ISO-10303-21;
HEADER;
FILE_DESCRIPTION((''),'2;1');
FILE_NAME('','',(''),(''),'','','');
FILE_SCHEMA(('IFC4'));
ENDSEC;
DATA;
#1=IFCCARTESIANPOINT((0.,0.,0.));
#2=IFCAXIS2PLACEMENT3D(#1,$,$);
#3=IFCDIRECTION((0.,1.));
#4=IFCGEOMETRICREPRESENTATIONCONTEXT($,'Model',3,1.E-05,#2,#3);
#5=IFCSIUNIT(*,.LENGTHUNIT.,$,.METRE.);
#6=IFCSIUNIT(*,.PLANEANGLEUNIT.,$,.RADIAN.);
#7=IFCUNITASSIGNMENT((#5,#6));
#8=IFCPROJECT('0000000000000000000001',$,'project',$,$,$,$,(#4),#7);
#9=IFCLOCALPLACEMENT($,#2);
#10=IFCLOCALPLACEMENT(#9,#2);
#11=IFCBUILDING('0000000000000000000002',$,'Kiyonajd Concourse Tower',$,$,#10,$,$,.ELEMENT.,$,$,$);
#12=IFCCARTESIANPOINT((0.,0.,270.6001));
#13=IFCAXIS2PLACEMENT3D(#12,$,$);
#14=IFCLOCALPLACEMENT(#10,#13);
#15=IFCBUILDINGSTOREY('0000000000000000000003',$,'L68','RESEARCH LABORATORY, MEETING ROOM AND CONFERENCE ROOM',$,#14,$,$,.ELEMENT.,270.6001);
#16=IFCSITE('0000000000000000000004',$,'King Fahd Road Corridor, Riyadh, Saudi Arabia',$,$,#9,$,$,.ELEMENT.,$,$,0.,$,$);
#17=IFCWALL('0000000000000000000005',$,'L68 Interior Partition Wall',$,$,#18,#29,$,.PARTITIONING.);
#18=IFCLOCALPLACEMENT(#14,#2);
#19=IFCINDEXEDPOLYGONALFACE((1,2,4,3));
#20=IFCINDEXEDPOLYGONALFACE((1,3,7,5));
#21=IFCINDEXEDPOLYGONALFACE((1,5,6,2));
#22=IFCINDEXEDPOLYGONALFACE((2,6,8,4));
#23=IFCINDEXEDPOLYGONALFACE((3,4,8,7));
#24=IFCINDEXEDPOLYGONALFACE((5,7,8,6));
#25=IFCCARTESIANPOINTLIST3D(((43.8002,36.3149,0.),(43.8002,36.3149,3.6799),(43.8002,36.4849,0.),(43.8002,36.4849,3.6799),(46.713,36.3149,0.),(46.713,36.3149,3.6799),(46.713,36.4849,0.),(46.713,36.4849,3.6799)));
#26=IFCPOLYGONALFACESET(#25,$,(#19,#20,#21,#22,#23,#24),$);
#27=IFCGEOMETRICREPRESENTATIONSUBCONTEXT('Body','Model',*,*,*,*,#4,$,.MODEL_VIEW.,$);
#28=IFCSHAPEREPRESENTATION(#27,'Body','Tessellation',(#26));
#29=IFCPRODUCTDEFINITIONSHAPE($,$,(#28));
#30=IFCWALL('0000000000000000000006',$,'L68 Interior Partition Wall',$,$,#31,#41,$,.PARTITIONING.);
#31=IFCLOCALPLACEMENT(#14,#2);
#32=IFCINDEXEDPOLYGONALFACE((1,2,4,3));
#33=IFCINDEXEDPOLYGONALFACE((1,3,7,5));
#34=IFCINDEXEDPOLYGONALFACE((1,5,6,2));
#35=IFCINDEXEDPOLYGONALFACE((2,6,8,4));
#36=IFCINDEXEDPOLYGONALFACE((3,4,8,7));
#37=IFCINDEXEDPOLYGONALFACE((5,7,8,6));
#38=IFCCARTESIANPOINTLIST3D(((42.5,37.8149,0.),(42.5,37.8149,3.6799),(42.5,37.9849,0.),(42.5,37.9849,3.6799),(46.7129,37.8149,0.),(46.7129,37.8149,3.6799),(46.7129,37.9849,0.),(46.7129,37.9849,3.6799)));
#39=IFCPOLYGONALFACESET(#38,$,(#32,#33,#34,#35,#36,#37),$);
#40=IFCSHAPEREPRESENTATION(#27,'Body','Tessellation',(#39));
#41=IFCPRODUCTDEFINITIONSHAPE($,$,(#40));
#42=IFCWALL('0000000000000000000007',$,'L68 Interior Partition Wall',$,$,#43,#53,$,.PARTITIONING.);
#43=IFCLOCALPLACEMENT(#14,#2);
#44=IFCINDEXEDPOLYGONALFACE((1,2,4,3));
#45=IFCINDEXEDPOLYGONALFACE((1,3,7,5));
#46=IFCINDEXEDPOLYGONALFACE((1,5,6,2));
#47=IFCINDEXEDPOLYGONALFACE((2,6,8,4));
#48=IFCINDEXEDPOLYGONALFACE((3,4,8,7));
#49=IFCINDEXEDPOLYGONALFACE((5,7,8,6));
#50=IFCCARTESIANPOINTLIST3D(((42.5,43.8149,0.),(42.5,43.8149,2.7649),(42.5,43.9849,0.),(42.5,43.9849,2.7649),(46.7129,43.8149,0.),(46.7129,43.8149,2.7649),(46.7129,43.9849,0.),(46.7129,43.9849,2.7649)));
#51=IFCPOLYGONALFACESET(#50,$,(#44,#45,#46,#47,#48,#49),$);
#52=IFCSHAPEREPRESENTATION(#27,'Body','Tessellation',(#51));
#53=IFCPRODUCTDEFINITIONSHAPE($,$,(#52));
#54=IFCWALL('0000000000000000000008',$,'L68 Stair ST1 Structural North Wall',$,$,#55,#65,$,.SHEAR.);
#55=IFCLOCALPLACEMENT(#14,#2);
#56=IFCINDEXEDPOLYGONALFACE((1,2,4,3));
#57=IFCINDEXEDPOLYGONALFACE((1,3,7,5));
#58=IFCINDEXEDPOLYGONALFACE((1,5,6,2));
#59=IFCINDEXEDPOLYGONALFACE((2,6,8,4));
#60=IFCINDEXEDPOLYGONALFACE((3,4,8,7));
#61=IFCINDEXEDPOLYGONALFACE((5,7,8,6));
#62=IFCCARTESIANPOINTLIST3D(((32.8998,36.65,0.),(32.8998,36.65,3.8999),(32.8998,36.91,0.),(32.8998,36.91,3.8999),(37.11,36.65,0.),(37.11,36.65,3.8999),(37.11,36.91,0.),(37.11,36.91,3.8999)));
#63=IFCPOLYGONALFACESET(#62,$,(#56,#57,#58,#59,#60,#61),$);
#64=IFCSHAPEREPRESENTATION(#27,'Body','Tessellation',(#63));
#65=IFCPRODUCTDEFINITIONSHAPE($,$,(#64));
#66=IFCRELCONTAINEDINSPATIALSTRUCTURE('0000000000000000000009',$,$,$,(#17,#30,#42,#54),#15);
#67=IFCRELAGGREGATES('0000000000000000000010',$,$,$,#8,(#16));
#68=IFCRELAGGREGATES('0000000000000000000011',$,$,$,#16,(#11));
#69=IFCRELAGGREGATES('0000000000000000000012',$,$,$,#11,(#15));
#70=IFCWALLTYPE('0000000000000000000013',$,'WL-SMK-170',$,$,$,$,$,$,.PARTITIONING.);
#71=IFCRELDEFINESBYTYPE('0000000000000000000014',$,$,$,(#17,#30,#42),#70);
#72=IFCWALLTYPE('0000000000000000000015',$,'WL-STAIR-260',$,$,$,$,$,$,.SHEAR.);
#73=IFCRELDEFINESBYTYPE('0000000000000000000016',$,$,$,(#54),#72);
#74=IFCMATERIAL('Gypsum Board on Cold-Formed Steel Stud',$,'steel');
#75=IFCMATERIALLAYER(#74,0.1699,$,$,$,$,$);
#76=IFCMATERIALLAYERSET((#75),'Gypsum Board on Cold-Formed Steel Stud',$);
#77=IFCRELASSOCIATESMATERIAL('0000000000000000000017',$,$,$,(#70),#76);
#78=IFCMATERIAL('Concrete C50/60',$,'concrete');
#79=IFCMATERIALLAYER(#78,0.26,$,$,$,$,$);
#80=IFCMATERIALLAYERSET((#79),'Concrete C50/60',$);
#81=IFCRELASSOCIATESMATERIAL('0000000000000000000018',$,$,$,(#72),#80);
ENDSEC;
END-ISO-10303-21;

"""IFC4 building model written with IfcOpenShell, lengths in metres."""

from ifc_helpers import new_model, si_unit, direction, frame, frame_2d, origin, place, context, subcontext, project, spatial, rectangle, extrude, material, layer, layer_set, type_object, element, save


model = new_model("IFC4")

# Units and contexts
model_context = context("Model", 3, precision=1e-05, world=origin(), true_north=direction((0.0, 1.0)))
body_context = subcontext(model_context, "Body", "Model", "MODEL_VIEW")
ifc_project = project(units=[si_unit("LENGTHUNIT", "METRE"), si_unit("PLANEANGLEUNIT", "RADIAN")], contexts=[model_context])

# Site, building, storey
site_placement = place(None, origin())
site = spatial("IfcSite", under=ifc_project, at=site_placement, Name="King Fahd Road Corridor, Riyadh, Saudi Arabia", CompositionType="ELEMENT", RefElevation=0.0)
building_placement = place(site_placement, origin())
building = spatial("IfcBuilding", under=site, at=building_placement, Name="Kiyonajd Concourse Tower", CompositionType="ELEMENT")
storey_placement = place(building_placement, frame((0.0, 0.0, 270.6001)))
storey = spatial("IfcBuildingStorey", under=building, at=storey_placement, Name="L68", Description="RESEARCH LABORATORY, MEETING ROOM AND CONFERENCE ROOM", CompositionType="ELEMENT", Elevation=270.6001)

# Shared definitions
ifc_material_1 = material(Name="Gypsum Board on Cold-Formed Steel Stud", Category="steel")

# Shared definitions
ifc_layer_1 = layer(ifc_material_1, 0.1699)
ifc_layer_set_1 = layer_set([ifc_layer_1], Name="Gypsum Board on Cold-Formed Steel Stud")
wall_type_1 = type_object("IfcWallType", Name="WL-SMK-170", PredefinedType="PARTITIONING", material=ifc_layer_set_1)

# Walls
wall_1_placement = place(storey_placement, frame((43.8, 36.3999, 0.0), z_axis=(0.0, 0.0, 1.0), x_axis=(1.0, 0.0, 0.0)))
element("IfcWall", 1, at=wall_1_placement, inside=storey, type_object=wall_type_1, Name="L68 Interior Partition Wall", PredefinedType="PARTITIONING", context=body_context, shape_type="SweptSolid", body=[
    extrude(rectangle(XDim=2.9128, YDim=0.1699, at=frame_2d((1.4565, 0.0))), origin(), (0.0, 0.0, 1.0), 3.6799),
])
wall_2_placement = place(storey_placement, frame((42.5, 37.8999, 0.0), z_axis=(0.0, 0.0, 1.0), x_axis=(1.0, 0.0, 0.0)))
element("IfcWall", 2, at=wall_2_placement, inside=storey, type_object=wall_type_1, Name="L68 Interior Partition Wall", PredefinedType="PARTITIONING", context=body_context, shape_type="SweptSolid", body=[
    extrude(rectangle(XDim=4.2129, YDim=0.1699, at=frame_2d((2.1064, 0.0))), origin(), (0.0, 0.0, 1.0), 3.6799),
])
wall_3_placement = place(storey_placement, frame((42.5, 43.8999, 0.0), z_axis=(0.0, 0.0, 1.0), x_axis=(1.0, 0.0, 0.0)))
element("IfcWall", 3, at=wall_3_placement, inside=storey, type_object=wall_type_1, Name="L68 Interior Partition Wall", PredefinedType="PARTITIONING", context=body_context, shape_type="SweptSolid", body=[
    extrude(rectangle(XDim=4.2129, YDim=0.1699, at=frame_2d((2.1064, 0.0))), origin(), (0.0, 0.0, 1.0), 2.7649),
])
ifc_material_2 = material(Name="Concrete C50/60", Category="concrete")
ifc_layer_2 = layer(ifc_material_2, 0.26)
ifc_layer_set_2 = layer_set([ifc_layer_2], Name="Concrete C50/60")
wall_type_2 = type_object("IfcWallType", Name="WL-STAIR-260", PredefinedType="SHEAR", material=ifc_layer_set_2)
wall_4_placement = place(storey_placement, frame((32.8999, 36.78, 0.0), z_axis=(0.0, 0.0, 1.0), x_axis=(1.0, 0.0, 0.0)))
element("IfcWall", 4, at=wall_4_placement, inside=storey, type_object=wall_type_2, Name="L68 Stair ST1 Structural North Wall", PredefinedType="SHEAR", context=body_context, shape_type="SweptSolid", body=[
    extrude(rectangle(XDim=4.2102, YDim=0.26, at=frame_2d((2.105, 0.0))), origin(), (0.0, 0.0, 1.0), 3.8999),
])

save(model, "model.ifc")
